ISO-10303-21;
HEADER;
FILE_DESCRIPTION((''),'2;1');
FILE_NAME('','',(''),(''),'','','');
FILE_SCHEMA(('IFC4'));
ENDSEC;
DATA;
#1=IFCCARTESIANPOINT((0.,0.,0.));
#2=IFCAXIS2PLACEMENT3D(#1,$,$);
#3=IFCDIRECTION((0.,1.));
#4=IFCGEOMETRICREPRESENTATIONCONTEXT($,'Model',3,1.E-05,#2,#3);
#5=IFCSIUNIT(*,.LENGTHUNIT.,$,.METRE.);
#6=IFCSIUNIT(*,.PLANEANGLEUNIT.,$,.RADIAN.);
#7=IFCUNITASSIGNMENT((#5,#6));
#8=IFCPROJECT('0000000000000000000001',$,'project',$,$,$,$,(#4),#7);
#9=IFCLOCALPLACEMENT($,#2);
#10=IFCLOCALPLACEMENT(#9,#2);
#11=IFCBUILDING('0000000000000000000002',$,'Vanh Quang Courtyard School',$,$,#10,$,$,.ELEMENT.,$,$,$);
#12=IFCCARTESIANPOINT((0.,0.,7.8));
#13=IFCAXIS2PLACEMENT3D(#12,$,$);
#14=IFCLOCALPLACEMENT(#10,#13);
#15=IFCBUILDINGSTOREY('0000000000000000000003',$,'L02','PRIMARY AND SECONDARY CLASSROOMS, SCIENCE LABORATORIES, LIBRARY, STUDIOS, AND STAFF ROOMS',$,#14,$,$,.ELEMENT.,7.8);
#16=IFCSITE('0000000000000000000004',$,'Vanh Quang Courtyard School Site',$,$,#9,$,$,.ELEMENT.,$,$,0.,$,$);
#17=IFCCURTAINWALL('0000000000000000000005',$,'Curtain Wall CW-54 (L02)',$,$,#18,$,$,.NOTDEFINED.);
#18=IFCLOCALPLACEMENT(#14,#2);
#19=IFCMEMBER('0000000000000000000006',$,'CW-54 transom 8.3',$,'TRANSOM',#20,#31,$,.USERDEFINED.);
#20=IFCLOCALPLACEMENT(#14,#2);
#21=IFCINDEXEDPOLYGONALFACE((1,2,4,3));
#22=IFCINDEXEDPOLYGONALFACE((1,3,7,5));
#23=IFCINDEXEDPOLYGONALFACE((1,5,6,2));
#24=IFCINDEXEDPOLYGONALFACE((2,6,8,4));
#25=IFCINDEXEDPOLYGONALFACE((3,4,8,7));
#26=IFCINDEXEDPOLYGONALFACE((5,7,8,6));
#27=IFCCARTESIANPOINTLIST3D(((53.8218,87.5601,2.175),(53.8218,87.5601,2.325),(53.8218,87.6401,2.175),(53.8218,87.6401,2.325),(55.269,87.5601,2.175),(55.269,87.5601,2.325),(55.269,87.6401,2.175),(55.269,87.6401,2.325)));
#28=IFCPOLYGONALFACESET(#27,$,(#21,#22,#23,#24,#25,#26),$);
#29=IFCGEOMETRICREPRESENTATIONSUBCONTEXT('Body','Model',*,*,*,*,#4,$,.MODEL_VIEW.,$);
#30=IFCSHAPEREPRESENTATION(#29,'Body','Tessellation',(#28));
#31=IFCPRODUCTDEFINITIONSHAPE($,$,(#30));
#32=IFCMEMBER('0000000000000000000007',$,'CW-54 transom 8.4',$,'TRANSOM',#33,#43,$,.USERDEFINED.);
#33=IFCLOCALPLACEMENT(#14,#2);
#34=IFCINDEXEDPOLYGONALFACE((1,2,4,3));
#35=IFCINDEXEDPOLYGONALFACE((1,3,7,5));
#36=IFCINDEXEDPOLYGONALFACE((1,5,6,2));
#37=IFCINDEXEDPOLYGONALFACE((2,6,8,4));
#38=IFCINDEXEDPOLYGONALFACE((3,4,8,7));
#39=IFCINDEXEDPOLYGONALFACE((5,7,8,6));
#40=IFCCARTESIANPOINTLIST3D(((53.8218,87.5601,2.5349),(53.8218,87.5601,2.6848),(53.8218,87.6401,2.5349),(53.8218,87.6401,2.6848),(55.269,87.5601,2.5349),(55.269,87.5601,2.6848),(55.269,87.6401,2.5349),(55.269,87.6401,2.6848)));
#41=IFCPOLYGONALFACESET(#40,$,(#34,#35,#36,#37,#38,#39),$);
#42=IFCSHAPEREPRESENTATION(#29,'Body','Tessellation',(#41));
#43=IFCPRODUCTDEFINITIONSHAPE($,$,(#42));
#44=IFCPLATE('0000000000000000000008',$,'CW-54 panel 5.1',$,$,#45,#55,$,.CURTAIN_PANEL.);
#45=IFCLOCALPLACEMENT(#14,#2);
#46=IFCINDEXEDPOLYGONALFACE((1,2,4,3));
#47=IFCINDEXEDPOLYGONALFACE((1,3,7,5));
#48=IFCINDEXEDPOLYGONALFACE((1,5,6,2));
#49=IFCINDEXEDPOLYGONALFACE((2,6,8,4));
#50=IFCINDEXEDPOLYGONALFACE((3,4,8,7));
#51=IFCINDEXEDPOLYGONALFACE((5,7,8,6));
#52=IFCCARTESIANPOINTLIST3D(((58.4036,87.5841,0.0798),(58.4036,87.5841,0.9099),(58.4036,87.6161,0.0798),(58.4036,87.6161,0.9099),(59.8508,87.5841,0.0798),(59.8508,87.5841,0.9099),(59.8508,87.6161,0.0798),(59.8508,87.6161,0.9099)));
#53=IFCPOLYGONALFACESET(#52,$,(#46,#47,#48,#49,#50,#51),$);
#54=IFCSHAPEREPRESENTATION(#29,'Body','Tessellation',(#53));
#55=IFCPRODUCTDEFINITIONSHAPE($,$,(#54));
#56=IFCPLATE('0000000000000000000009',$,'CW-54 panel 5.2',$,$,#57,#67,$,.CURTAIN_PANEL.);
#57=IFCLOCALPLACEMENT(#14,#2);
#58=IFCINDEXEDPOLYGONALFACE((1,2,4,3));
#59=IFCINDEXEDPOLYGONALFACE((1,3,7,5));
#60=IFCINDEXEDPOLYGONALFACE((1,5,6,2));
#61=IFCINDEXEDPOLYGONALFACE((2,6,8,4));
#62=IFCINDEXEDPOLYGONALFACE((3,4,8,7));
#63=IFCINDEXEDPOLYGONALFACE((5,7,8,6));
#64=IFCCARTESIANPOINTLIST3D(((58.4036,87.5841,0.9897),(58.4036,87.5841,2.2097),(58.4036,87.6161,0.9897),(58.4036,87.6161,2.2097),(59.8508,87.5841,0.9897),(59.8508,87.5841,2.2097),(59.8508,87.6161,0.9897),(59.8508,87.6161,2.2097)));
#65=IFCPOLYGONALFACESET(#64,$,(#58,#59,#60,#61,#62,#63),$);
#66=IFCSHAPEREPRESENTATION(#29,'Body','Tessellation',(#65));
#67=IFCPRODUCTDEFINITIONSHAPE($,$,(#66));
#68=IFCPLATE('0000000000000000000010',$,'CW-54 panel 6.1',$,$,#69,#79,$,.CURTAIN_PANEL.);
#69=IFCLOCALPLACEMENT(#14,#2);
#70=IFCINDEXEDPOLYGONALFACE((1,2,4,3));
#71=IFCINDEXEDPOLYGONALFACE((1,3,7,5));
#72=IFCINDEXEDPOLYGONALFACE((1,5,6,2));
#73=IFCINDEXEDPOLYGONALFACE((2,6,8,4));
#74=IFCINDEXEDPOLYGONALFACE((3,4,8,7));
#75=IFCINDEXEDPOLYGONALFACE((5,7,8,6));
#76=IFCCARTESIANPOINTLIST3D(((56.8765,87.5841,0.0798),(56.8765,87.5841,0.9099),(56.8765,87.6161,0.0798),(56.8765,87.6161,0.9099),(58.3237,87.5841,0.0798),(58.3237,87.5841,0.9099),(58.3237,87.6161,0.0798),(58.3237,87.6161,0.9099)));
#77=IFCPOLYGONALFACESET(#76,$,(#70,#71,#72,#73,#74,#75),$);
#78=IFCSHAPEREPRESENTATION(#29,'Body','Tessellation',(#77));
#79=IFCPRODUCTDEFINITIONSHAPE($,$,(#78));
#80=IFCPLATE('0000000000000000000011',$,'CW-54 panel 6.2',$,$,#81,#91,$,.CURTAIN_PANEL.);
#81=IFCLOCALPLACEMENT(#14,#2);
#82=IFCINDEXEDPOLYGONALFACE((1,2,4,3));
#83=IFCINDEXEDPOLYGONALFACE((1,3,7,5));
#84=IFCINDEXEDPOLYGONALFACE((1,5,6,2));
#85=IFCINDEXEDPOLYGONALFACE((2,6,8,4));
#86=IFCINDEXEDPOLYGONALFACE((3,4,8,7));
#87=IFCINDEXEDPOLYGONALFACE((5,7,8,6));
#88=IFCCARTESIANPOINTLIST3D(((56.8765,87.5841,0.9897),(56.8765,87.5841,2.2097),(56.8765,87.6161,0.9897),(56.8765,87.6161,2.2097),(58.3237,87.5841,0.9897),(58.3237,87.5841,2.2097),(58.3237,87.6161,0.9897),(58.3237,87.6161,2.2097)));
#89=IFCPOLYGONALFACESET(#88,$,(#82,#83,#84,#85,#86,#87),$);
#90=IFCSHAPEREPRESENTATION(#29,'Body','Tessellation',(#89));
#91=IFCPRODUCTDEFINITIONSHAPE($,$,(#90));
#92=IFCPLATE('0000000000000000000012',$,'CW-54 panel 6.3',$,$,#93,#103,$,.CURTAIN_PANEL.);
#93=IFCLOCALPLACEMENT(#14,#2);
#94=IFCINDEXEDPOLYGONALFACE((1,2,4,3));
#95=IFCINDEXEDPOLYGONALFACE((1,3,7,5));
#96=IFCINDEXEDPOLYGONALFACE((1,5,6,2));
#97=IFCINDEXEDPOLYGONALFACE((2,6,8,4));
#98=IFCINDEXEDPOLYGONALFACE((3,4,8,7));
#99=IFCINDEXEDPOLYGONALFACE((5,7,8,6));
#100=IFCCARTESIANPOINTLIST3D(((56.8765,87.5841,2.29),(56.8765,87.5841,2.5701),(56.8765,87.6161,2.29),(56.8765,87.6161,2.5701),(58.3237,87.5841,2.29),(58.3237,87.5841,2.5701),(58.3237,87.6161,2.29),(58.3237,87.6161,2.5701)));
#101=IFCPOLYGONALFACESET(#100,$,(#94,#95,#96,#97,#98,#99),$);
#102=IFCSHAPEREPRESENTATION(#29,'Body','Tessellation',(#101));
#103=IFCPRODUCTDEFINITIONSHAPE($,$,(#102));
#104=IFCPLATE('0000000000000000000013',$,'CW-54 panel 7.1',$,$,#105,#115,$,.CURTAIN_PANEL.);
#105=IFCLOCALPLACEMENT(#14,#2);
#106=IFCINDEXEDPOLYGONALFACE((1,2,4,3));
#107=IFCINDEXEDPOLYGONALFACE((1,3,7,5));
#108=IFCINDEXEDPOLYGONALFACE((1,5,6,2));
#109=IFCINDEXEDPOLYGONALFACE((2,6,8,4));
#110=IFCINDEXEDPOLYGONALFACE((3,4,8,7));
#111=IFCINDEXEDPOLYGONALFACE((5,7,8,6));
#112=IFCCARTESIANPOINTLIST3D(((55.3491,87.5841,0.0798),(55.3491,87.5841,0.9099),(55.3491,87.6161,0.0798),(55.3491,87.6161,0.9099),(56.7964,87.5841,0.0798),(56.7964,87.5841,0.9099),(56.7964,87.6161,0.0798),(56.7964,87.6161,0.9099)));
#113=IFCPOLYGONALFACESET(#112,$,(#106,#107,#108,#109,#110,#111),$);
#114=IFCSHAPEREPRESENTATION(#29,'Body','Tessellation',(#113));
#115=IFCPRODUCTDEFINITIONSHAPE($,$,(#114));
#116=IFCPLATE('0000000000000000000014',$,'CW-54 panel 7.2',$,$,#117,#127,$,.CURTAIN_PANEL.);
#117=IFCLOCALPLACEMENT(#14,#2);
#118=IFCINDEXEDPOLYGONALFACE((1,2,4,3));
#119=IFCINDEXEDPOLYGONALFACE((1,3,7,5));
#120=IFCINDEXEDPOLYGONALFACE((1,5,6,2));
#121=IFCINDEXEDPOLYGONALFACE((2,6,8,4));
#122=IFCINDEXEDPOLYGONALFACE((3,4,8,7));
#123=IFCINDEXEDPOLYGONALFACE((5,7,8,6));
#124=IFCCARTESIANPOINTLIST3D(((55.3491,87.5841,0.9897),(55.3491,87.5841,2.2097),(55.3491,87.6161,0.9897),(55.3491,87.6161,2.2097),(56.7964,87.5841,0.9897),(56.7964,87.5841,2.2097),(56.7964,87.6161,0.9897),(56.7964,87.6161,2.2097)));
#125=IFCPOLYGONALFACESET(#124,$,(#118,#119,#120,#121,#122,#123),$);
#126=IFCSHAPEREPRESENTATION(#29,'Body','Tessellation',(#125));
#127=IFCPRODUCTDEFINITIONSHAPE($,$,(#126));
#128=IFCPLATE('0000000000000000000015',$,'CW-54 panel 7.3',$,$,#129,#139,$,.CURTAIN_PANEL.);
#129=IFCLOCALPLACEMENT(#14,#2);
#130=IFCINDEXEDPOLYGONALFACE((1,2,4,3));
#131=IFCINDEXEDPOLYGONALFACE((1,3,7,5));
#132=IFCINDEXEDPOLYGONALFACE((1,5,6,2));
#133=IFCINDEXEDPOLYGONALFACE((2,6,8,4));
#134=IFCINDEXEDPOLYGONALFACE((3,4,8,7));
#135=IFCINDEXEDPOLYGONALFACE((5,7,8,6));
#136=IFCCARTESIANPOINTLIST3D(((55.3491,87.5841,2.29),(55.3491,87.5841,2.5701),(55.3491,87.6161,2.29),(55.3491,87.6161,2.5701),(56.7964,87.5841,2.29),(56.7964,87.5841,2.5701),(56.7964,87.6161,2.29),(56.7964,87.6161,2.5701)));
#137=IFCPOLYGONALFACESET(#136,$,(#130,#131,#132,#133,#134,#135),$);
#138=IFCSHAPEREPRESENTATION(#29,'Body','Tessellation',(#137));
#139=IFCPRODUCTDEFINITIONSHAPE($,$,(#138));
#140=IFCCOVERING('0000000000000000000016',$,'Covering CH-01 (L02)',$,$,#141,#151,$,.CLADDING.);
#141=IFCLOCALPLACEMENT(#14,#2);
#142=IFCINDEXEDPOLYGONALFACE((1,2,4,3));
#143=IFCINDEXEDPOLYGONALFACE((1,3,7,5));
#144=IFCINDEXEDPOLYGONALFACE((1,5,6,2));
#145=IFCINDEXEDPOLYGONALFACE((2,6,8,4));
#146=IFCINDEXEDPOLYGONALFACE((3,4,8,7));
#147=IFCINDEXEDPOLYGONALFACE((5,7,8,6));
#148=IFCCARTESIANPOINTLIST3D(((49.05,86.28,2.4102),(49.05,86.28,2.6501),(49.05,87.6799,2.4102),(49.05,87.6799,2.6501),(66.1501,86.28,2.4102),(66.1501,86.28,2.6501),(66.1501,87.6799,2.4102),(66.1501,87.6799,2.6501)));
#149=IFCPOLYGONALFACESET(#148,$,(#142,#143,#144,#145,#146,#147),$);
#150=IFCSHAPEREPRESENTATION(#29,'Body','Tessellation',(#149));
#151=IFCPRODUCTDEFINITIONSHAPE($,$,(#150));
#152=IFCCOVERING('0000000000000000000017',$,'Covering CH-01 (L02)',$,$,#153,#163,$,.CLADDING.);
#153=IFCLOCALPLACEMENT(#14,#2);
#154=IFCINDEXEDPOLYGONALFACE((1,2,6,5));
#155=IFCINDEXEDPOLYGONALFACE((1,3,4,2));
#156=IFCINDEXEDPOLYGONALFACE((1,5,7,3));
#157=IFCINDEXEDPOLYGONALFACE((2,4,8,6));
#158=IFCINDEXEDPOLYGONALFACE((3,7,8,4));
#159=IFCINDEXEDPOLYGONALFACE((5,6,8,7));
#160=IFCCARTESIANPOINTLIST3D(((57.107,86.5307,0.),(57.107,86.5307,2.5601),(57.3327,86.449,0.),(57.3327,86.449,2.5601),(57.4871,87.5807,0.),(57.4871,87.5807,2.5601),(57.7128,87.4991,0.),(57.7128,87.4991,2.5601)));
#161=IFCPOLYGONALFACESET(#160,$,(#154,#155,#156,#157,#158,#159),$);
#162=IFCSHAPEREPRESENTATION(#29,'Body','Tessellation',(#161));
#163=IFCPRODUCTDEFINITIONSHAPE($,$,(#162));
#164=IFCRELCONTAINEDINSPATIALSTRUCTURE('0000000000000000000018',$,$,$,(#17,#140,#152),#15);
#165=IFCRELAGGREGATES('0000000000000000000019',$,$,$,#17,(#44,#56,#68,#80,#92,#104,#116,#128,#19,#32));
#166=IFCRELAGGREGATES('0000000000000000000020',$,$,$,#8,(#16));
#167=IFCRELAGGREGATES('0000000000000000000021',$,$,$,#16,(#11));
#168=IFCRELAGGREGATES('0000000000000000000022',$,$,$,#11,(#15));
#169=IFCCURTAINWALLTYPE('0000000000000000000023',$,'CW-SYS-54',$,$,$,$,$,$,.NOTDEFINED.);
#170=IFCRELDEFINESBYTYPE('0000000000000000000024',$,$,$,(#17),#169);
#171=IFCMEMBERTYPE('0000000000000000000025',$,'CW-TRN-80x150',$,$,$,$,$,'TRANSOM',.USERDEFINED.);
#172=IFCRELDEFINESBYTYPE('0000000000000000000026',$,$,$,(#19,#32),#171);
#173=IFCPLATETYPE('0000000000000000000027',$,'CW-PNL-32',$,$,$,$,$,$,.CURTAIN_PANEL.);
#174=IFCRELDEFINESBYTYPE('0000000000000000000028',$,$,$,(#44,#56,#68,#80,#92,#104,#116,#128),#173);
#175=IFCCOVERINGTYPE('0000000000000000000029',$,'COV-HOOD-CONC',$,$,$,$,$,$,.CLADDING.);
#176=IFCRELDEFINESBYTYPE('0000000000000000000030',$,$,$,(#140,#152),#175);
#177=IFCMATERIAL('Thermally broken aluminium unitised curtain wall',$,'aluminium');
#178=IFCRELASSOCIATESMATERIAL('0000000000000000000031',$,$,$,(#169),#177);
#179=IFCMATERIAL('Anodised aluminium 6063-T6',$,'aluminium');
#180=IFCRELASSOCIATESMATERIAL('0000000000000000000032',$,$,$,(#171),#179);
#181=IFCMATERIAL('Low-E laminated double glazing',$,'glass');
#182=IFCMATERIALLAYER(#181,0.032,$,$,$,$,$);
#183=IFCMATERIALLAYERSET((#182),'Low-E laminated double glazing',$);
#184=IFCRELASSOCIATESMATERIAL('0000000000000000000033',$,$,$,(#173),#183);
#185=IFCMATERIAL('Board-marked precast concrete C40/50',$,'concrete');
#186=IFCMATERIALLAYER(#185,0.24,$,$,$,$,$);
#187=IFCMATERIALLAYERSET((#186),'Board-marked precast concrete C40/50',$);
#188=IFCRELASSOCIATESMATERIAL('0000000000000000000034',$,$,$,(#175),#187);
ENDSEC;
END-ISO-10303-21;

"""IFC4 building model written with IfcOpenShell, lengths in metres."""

from ifc_helpers import new_model, si_unit, direction, frame, origin, origin_2d, place, context, subcontext, project, spatial, rectangle, extrude, material, layer, layer_set, material_profile, profile_set, type_object, element, aggregate, save


model = new_model("IFC4")

# Units and contexts
model_context = context("Model", 3, precision=1e-05, world=origin(), true_north=direction((0.0, 1.0)))
body_context = subcontext(model_context, "Body", "Model", "MODEL_VIEW")
ifc_project = project(units=[si_unit("LENGTHUNIT", "METRE"), si_unit("PLANEANGLEUNIT", "RADIAN")], contexts=[model_context])

# Site, building, storey
site_placement = place(None, origin())
site = spatial("IfcSite", under=ifc_project, at=site_placement, Name="Vanh Quang Courtyard School Site", CompositionType="ELEMENT", RefElevation=0.0)
building_placement = place(site_placement, origin())
building = spatial("IfcBuilding", under=site, at=building_placement, Name="Vanh Quang Courtyard School", CompositionType="ELEMENT")
storey_placement = place(building_placement, frame((0.0, 0.0, 7.8)))
storey = spatial("IfcBuildingStorey", under=building, at=storey_placement, Name="L02", Description="PRIMARY AND SECONDARY CLASSROOMS, SCIENCE LABORATORIES, LIBRARY, STUDIOS, AND STAFF ROOMS", CompositionType="ELEMENT", Elevation=7.8)

# Curtain wall, members, plates
ifc_material_1 = material(Name="Thermally broken aluminium unitised curtain wall", Category="aluminium")
curtain_wall_type = type_object("IfcCurtainWallType", Name="CW-SYS-54", PredefinedType="NOTDEFINED", material=ifc_material_1)
curtain_wall_placement = place(storey_placement, origin())
curtain_wall = element("IfcCurtainWall", 1, at=curtain_wall_placement, inside=storey, type_object=curtain_wall_type, Name="Curtain Wall CW-54 (L02)", PredefinedType="NOTDEFINED")
ifc_material_2 = material(Name="Anodised aluminium 6063-T6", Category="aluminium")
ifc_material_profile_1 = material_profile(ifc_material_2, rectangle(XDim=0.0801, YDim=0.1499, at=origin_2d()), Name="ALU-TRN 80x150")
ifc_profile_set_1 = profile_set([ifc_material_profile_1], Name="Anodised aluminium 6063-T6")
member_type_1 = type_object("IfcMemberType", Name="CW-TRN-80x150", ElementType="TRANSOM", PredefinedType="USERDEFINED", material=ifc_profile_set_1)
member_1_placement = place(storey_placement, frame((55.269, 87.6001, 2.25), z_axis=(-1.0, 0.0, 0.0), x_axis=(0.0, -1.0, 0.0)))
member_1 = element("IfcMember", 2, at=member_1_placement, type_object=member_type_1, Name="CW-54 transom 8.3", ObjectType="TRANSOM", PredefinedType="USERDEFINED", context=body_context, shape_type="SweptSolid", body=[
    extrude(rectangle(XDim=0.0801, YDim=0.1499, at=origin_2d()), origin(), (0.0, 0.0, 1.0), 1.4473),
])
member_2_placement = place(storey_placement, frame((55.269, 87.6001, 2.6099), z_axis=(-1.0, 0.0, 0.0), x_axis=(0.0, -1.0, 0.0)))
member_2 = element("IfcMember", 3, at=member_2_placement, type_object=member_type_1, Name="CW-54 transom 8.4", ObjectType="TRANSOM", PredefinedType="USERDEFINED", context=body_context, shape_type="SweptSolid", body=[
    extrude(rectangle(XDim=0.0801, YDim=0.1499, at=origin_2d()), origin(), (0.0, 0.0, 1.0), 1.4473),
])
ifc_material_3 = material(Name="Low-E laminated double glazing", Category="glass")
ifc_layer_1 = layer(ifc_material_3, 0.032)
ifc_layer_set_1 = layer_set([ifc_layer_1], Name="Low-E laminated double glazing")
plate_type = type_object("IfcPlateType", Name="CW-PNL-32", PredefinedType="CURTAIN_PANEL", material=ifc_layer_set_1)
plate_1_placement = place(storey_placement, frame((59.1272, 87.6001, 0.0798), z_axis=(0.0, 0.0, 1.0), x_axis=(-1.0, 0.0, 0.0)))
plate_1 = element("IfcPlate", 4, at=plate_1_placement, type_object=plate_type, Name="CW-54 panel 5.1", PredefinedType="CURTAIN_PANEL", context=body_context, shape_type="SweptSolid", body=[
    extrude(rectangle(XDim=1.4473, YDim=0.032, at=origin_2d()), origin(), (0.0, 0.0, 1.0), 0.8301),
])
plate_2_placement = place(storey_placement, frame((59.1272, 87.6001, 0.9897), z_axis=(0.0, 0.0, 1.0), x_axis=(-1.0, 0.0, 0.0)))
plate_2 = element("IfcPlate", 5, at=plate_2_placement, type_object=plate_type, Name="CW-54 panel 5.2", PredefinedType="CURTAIN_PANEL", context=body_context, shape_type="SweptSolid", body=[
    extrude(rectangle(XDim=1.4473, YDim=0.032, at=origin_2d()), origin(), (0.0, 0.0, 1.0), 1.22),
])
plate_3_placement = place(storey_placement, frame((57.6001, 87.6001, 0.0798), z_axis=(0.0, 0.0, 1.0), x_axis=(-1.0, 0.0, 0.0)))
plate_3 = element("IfcPlate", 6, at=plate_3_placement, type_object=plate_type, Name="CW-54 panel 6.1", PredefinedType="CURTAIN_PANEL", context=body_context, shape_type="SweptSolid", body=[
    extrude(rectangle(XDim=1.4473, YDim=0.032, at=origin_2d()), origin(), (0.0, 0.0, 1.0), 0.8301),
])
plate_4_placement = place(storey_placement, frame((57.6001, 87.6001, 0.9897), z_axis=(0.0, 0.0, 1.0), x_axis=(-1.0, 0.0, 0.0)))
plate_4 = element("IfcPlate", 7, at=plate_4_placement, type_object=plate_type, Name="CW-54 panel 6.2", PredefinedType="CURTAIN_PANEL", context=body_context, shape_type="SweptSolid", body=[
    extrude(rectangle(XDim=1.4473, YDim=0.032, at=origin_2d()), origin(), (0.0, 0.0, 1.0), 1.22),
])
plate_5_placement = place(storey_placement, frame((57.6001, 87.6001, 2.29), z_axis=(0.0, 0.0, 1.0), x_axis=(-1.0, 0.0, 0.0)))
plate_5 = element("IfcPlate", 8, at=plate_5_placement, type_object=plate_type, Name="CW-54 panel 6.3", PredefinedType="CURTAIN_PANEL", context=body_context, shape_type="SweptSolid", body=[
    extrude(rectangle(XDim=1.4473, YDim=0.032, at=origin_2d()), origin(), (0.0, 0.0, 1.0), 0.28),
])
plate_6_placement = place(storey_placement, frame((56.0728, 87.6001, 0.0798), z_axis=(0.0, 0.0, 1.0), x_axis=(-1.0, 0.0, 0.0)))
plate_6 = element("IfcPlate", 9, at=plate_6_placement, type_object=plate_type, Name="CW-54 panel 7.1", PredefinedType="CURTAIN_PANEL", context=body_context, shape_type="SweptSolid", body=[
    extrude(rectangle(XDim=1.4473, YDim=0.032, at=origin_2d()), origin(), (0.0, 0.0, 1.0), 0.8301),
])
plate_7_placement = place(storey_placement, frame((56.0728, 87.6001, 0.9897), z_axis=(0.0, 0.0, 1.0), x_axis=(-1.0, 0.0, 0.0)))
plate_7 = element("IfcPlate", 10, at=plate_7_placement, type_object=plate_type, Name="CW-54 panel 7.2", PredefinedType="CURTAIN_PANEL", context=body_context, shape_type="SweptSolid", body=[
    extrude(rectangle(XDim=1.4473, YDim=0.032, at=origin_2d()), origin(), (0.0, 0.0, 1.0), 1.22),
])
plate_8_placement = place(storey_placement, frame((56.0728, 87.6001, 2.29), z_axis=(0.0, 0.0, 1.0), x_axis=(-1.0, 0.0, 0.0)))
plate_8 = element("IfcPlate", 11, at=plate_8_placement, type_object=plate_type, Name="CW-54 panel 7.3", PredefinedType="CURTAIN_PANEL", context=body_context, shape_type="SweptSolid", body=[
    extrude(rectangle(XDim=1.4473, YDim=0.032, at=origin_2d()), origin(), (0.0, 0.0, 1.0), 0.28),
])
aggregate(curtain_wall, [plate_1, plate_2, plate_3, plate_4, plate_5, plate_6, plate_7, plate_8, member_1, member_2])

# Coverings
ifc_material_4 = material(Name="Board-marked precast concrete C40/50", Category="concrete")
ifc_layer_2 = layer(ifc_material_4, 0.24)
ifc_layer_set_2 = layer_set([ifc_layer_2], Name="Board-marked precast concrete C40/50")
covering_type = type_object("IfcCoveringType", Name="COV-HOOD-CONC", PredefinedType="CLADDING", material=ifc_layer_set_2)
covering_1_placement = place(storey_placement, frame((57.6001, 86.98, 2.4102), z_axis=(0.0, 0.0, 1.0), x_axis=(-1.0, 0.0, 0.0)))
element("IfcCovering", 12, at=covering_1_placement, inside=storey, type_object=covering_type, Name="Covering CH-01 (L02)", PredefinedType="CLADDING", context=body_context, shape_type="SweptSolid", body=[
    extrude(rectangle(XDim=17.1001, YDim=1.3999, at=origin_2d()), origin(), (0.0, 0.0, 1.0), 0.24),
])
covering_2_placement = place(storey_placement, frame((57.4099, 87.0149, 0.0), z_axis=(0.0, 0.0, 1.0), x_axis=(-0.34038, -0.940288, 0.0)))
element("IfcCovering", 13, at=covering_2_placement, inside=storey, type_object=covering_type, Name="Covering CH-01 (L02)", PredefinedType="CLADDING", context=body_context, shape_type="SweptSolid", body=[
    extrude(rectangle(XDim=1.1167, YDim=0.24, at=origin_2d()), origin(), (0.0, 0.0, 1.0), 2.5601),
])

save(model, "model.ifc")
